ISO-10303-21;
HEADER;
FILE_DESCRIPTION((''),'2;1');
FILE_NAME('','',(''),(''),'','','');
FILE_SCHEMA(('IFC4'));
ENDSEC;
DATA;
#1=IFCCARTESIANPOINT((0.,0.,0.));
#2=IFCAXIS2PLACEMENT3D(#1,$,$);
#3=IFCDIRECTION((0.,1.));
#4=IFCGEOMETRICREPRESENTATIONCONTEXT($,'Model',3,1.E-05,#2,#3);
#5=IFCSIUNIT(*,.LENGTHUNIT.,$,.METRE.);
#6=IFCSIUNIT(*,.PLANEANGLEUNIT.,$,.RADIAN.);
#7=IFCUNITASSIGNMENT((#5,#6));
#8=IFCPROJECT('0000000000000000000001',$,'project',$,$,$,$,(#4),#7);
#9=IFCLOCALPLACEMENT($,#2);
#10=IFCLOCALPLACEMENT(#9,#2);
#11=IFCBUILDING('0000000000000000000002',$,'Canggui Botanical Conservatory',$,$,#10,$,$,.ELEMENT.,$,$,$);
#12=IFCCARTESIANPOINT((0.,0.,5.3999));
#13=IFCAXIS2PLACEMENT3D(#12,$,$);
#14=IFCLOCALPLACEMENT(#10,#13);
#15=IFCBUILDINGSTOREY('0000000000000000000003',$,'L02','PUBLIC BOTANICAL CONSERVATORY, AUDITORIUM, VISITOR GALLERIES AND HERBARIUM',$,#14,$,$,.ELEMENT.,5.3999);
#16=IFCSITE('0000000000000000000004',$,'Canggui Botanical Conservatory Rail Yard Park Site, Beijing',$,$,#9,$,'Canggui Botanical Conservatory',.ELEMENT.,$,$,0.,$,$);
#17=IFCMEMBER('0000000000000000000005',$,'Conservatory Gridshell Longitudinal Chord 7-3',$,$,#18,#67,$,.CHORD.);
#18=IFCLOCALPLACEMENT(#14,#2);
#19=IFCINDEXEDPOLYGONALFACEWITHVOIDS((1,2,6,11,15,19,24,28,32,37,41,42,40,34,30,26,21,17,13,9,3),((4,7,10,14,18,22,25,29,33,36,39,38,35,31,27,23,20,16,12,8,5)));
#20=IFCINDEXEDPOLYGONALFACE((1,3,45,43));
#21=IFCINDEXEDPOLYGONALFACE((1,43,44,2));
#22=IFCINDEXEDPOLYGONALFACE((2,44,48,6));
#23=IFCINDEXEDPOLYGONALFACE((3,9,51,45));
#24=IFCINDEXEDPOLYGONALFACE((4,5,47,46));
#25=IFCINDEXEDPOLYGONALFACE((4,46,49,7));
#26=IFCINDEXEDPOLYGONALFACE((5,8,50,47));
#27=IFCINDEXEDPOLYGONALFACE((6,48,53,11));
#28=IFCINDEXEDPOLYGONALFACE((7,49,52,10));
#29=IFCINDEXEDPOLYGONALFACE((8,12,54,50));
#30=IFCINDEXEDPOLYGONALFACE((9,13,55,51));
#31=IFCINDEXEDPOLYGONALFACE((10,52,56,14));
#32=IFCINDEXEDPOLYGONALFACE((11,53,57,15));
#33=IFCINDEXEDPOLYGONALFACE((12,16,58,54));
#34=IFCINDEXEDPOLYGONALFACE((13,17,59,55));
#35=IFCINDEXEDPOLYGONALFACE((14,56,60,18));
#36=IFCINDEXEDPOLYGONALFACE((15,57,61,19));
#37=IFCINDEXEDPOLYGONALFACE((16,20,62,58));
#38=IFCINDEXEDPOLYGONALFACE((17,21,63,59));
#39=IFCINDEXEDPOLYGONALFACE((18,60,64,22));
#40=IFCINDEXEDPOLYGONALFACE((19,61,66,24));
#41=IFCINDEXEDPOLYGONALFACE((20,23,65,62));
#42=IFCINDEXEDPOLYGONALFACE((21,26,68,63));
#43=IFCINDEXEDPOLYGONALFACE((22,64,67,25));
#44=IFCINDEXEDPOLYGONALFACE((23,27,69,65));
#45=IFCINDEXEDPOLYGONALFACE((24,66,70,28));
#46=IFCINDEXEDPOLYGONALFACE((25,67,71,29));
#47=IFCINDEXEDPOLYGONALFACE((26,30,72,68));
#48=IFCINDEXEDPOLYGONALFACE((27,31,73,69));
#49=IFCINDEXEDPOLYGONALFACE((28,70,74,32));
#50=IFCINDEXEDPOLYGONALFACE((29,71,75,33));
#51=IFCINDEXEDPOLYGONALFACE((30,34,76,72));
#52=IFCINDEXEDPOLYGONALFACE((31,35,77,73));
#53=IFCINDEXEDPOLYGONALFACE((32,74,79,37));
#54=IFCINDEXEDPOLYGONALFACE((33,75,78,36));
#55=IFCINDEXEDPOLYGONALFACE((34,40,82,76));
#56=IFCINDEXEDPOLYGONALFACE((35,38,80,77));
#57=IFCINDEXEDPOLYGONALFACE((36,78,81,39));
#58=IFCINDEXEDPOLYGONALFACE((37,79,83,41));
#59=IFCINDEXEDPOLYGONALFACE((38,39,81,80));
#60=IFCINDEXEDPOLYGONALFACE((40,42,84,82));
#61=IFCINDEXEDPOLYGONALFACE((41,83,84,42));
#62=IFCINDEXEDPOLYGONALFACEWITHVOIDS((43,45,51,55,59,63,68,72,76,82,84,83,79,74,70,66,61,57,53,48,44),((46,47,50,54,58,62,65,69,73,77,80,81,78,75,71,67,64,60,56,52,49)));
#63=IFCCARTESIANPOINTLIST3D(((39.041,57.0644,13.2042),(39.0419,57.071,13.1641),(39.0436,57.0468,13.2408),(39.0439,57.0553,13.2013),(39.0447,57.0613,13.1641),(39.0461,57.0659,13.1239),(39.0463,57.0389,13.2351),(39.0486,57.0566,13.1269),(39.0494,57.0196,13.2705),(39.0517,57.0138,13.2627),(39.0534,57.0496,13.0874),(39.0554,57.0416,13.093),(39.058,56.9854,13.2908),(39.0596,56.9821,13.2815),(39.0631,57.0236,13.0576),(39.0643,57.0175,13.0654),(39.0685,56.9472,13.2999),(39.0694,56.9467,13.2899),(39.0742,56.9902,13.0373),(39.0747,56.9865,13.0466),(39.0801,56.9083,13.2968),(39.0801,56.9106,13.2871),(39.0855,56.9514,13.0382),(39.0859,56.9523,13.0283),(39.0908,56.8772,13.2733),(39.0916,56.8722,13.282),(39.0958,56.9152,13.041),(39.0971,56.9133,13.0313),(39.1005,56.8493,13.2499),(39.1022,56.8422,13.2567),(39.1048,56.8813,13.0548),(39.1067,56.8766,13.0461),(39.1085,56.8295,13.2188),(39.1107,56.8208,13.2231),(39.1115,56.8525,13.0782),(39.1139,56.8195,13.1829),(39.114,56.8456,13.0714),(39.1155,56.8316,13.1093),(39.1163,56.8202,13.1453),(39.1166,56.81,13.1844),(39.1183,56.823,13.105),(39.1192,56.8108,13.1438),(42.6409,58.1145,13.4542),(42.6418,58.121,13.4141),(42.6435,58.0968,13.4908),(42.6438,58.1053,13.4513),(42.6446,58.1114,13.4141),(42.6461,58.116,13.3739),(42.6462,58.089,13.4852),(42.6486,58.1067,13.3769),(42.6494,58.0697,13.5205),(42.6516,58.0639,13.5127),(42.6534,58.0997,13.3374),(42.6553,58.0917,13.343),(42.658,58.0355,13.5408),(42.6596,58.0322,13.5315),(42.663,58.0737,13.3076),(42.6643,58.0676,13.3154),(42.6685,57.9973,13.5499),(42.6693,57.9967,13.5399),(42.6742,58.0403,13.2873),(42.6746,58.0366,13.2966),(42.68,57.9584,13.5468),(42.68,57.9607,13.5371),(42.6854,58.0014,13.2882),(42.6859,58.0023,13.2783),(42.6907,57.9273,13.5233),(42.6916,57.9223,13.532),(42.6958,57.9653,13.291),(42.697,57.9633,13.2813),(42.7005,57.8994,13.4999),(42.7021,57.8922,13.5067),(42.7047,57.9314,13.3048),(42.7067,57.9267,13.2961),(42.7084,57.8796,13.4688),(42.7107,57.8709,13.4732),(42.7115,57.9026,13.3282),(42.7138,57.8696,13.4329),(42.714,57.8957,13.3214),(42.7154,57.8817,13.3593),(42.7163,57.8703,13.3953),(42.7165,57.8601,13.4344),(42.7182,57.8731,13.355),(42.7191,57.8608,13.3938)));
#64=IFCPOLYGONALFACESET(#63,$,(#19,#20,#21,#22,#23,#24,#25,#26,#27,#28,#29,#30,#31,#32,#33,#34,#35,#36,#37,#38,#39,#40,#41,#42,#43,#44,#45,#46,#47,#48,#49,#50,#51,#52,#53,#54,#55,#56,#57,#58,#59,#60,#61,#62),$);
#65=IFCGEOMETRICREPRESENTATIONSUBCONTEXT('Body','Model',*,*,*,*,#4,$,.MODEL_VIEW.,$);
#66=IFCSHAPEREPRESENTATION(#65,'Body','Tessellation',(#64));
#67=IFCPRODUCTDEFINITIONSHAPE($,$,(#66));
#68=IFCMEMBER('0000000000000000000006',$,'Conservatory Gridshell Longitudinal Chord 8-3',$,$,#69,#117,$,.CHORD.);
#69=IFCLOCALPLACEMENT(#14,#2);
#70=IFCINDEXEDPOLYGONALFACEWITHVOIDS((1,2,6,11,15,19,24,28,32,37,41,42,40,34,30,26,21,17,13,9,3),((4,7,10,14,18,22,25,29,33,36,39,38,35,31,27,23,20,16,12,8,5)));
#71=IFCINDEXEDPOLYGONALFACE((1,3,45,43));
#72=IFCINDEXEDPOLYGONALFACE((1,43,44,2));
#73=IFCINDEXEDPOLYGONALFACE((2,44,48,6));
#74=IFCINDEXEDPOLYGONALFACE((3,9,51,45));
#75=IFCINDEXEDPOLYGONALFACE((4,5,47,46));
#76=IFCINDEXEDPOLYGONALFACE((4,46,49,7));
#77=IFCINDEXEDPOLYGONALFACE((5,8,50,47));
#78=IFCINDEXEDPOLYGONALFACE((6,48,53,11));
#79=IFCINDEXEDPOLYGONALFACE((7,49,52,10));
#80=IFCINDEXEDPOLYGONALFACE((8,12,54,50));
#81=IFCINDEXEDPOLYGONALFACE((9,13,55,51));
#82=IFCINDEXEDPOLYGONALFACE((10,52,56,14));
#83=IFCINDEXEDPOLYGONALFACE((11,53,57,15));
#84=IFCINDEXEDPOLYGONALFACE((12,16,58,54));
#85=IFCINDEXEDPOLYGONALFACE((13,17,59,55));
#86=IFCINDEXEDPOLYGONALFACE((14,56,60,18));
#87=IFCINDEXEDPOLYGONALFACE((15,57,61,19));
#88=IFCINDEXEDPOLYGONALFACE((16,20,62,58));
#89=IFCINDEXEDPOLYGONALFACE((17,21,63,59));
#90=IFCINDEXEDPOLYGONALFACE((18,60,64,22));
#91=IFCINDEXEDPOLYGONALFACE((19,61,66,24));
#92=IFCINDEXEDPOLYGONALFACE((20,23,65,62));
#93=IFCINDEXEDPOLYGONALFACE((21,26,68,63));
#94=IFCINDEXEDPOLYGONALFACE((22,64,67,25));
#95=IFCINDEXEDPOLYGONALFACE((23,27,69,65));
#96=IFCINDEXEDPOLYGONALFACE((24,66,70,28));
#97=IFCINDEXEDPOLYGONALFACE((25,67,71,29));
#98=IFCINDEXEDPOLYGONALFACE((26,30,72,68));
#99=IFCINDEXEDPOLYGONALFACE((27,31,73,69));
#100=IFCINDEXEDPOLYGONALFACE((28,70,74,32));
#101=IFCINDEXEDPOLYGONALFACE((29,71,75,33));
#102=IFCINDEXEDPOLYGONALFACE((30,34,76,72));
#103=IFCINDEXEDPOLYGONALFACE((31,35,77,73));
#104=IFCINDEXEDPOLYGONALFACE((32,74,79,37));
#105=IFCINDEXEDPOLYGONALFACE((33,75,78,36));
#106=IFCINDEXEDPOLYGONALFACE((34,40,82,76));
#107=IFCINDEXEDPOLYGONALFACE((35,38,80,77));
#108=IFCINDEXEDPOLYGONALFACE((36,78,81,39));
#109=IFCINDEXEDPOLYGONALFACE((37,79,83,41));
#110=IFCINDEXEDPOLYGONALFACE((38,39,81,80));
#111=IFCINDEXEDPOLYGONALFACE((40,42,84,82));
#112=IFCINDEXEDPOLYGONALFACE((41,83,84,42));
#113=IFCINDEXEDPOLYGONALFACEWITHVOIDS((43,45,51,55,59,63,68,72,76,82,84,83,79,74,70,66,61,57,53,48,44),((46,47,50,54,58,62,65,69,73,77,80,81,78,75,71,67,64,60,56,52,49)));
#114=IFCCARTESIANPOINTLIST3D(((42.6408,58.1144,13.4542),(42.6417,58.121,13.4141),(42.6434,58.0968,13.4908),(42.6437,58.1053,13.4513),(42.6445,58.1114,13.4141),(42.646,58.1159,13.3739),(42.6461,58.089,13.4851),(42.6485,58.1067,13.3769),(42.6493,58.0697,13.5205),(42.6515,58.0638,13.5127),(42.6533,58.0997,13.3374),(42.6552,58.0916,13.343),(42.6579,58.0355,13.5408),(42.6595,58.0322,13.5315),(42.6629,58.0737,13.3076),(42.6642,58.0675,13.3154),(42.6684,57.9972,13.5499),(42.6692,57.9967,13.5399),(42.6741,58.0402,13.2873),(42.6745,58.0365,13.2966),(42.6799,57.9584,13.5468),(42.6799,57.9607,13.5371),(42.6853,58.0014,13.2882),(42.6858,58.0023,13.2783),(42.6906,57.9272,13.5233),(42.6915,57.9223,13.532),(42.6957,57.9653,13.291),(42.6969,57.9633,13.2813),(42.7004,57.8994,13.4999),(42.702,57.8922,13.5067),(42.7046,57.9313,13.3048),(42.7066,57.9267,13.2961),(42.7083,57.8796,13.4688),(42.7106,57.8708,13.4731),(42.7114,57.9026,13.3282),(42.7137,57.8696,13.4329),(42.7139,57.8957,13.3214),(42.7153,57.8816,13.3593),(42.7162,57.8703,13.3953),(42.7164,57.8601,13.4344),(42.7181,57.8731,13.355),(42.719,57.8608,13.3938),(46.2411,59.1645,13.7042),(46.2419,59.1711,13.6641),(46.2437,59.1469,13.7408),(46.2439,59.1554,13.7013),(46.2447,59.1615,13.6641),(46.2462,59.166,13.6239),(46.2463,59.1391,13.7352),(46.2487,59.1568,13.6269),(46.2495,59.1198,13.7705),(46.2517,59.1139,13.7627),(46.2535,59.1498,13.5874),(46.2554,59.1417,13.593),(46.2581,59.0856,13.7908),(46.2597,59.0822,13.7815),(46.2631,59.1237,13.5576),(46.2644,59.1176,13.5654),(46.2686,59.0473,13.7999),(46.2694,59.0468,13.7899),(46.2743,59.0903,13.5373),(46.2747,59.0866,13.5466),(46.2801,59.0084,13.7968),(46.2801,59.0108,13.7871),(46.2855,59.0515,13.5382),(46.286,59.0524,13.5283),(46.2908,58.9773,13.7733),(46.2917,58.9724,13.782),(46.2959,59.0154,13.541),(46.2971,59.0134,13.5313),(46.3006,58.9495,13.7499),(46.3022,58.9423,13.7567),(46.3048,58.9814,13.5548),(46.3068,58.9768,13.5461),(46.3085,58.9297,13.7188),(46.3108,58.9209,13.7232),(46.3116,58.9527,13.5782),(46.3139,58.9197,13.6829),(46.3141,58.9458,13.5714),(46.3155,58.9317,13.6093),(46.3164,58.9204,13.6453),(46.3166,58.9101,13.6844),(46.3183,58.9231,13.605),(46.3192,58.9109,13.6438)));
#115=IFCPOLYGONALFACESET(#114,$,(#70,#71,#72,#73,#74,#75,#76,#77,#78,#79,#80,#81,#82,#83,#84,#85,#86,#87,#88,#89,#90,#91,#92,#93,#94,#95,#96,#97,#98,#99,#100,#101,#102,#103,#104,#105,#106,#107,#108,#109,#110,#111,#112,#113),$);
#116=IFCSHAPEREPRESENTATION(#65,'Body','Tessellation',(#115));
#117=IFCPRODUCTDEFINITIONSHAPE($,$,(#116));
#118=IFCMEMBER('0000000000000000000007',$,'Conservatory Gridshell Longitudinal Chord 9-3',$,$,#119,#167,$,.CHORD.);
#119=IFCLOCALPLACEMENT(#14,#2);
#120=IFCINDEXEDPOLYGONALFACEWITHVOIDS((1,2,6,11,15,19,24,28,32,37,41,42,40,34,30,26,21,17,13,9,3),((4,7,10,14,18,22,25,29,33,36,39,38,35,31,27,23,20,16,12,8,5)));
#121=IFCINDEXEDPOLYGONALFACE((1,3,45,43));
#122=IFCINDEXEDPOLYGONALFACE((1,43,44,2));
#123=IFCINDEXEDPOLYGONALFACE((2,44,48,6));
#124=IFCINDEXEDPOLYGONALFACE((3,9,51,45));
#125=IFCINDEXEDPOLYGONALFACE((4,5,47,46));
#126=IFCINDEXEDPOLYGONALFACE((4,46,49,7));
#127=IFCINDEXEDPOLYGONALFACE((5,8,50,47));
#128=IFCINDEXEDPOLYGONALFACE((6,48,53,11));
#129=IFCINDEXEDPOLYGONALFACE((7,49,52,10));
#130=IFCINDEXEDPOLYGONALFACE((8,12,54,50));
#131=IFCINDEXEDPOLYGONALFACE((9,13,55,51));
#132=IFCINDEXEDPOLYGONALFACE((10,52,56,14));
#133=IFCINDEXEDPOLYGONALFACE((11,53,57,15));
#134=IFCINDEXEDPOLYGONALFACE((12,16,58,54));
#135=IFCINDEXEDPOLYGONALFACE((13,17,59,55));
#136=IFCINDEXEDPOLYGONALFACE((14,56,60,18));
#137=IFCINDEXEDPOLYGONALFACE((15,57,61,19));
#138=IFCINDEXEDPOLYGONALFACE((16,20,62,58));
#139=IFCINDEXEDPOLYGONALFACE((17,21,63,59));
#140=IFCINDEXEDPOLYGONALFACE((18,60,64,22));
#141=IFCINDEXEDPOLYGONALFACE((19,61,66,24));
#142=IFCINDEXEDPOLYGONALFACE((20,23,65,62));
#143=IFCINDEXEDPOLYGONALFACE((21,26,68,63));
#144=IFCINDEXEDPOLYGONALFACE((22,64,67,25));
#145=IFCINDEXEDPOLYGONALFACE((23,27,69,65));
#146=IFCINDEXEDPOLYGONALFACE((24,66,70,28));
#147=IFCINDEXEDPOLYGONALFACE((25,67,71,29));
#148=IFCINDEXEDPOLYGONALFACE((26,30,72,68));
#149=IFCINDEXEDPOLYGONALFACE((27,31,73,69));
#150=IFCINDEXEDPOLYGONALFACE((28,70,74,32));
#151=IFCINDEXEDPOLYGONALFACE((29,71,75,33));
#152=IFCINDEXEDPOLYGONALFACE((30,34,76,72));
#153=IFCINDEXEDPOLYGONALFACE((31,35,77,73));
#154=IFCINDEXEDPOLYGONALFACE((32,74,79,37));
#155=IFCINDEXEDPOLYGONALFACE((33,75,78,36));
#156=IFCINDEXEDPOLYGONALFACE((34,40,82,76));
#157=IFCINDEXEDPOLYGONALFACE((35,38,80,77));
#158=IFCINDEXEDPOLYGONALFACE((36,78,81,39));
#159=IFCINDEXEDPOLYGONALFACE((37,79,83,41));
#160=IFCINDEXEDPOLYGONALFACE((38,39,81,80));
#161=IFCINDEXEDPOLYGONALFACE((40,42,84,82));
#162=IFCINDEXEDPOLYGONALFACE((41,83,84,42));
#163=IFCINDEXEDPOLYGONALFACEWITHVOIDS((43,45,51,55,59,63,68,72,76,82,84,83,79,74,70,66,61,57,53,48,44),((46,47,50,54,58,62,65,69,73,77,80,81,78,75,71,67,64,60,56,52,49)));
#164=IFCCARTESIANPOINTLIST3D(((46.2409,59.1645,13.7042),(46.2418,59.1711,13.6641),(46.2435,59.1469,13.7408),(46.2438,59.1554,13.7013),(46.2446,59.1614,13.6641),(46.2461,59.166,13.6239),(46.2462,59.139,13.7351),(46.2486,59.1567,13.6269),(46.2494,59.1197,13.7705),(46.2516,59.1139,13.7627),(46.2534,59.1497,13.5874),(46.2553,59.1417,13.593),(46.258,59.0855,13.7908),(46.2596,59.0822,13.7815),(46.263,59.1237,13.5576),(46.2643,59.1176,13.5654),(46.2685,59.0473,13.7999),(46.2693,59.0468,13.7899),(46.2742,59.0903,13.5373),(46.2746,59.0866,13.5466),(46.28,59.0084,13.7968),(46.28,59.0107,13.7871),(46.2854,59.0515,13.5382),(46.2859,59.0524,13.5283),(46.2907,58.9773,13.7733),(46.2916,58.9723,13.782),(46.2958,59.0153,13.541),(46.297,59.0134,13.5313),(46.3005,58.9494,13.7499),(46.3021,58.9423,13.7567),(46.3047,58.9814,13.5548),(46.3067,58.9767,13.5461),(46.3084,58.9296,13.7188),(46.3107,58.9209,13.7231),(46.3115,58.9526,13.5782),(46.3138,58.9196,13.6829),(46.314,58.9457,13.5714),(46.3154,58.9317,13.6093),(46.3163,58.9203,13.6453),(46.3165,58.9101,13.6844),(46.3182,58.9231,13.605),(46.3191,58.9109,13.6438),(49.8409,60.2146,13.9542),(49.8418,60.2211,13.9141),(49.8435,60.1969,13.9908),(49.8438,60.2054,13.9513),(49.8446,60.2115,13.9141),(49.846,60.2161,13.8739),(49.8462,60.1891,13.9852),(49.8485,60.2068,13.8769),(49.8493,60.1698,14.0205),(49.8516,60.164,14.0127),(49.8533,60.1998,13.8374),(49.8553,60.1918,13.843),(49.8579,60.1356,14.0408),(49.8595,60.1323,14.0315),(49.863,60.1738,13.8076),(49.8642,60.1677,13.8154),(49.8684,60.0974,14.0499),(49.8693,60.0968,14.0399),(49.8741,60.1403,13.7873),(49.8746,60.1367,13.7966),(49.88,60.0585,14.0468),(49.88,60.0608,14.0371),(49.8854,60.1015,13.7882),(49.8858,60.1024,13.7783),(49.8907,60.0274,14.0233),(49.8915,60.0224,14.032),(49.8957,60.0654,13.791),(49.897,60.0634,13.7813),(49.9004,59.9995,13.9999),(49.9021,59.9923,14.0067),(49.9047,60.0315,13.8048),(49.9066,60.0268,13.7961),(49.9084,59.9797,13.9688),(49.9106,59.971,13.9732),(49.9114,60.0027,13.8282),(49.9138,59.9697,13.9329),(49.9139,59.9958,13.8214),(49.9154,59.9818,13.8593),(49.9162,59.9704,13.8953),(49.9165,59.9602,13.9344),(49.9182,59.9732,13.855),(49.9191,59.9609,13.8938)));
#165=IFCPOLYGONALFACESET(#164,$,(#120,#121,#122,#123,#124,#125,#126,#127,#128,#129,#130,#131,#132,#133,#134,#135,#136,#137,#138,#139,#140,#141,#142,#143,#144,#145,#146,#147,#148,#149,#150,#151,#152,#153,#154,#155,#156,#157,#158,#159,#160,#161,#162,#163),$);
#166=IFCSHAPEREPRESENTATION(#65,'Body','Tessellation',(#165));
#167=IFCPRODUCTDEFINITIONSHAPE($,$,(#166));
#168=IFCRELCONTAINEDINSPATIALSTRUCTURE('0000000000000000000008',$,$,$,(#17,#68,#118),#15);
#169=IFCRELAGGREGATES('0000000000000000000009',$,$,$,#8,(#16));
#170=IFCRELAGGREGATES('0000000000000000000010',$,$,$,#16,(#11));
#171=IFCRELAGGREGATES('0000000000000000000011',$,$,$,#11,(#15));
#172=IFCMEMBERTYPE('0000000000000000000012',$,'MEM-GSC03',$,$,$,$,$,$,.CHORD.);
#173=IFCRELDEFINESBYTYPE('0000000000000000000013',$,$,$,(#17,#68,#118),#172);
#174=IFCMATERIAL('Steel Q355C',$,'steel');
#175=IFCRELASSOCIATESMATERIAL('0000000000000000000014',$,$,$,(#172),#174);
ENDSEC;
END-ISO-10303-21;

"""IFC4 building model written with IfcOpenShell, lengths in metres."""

from ifc_helpers import new_model, si_unit, direction, frame, origin, origin_2d, place, context, subcontext, project, spatial, hollow_circle, extrude, material, material_profile, profile_set, type_object, element, save


model = new_model("IFC4")

# Units and contexts
model_context = context("Model", 3, precision=1e-05, world=origin(), true_north=direction((0.0, 1.0)))
body_context = subcontext(model_context, "Body", "Model", "MODEL_VIEW")
ifc_project = project(units=[si_unit("LENGTHUNIT", "METRE"), si_unit("PLANEANGLEUNIT", "RADIAN")], contexts=[model_context])

# Site, building, storey
site_placement = place(None, origin())
site = spatial("IfcSite", under=ifc_project, at=site_placement, Name="Canggui Botanical Conservatory Rail Yard Park Site, Beijing", LongName="Canggui Botanical Conservatory", CompositionType="ELEMENT", RefElevation=0.0)
building_placement = place(site_placement, origin())
building = spatial("IfcBuilding", under=site, at=building_placement, Name="Canggui Botanical Conservatory", CompositionType="ELEMENT")
storey_placement = place(building_placement, frame((0.0, 0.0, 5.3999)))
storey = spatial("IfcBuildingStorey", under=building, at=storey_placement, Name="L02", Description="PUBLIC BOTANICAL CONSERVATORY, AUDITORIUM, VISITOR GALLERIES AND HERBARIUM", CompositionType="ELEMENT", Elevation=5.3999)

# Shared definitions
ifc_material_1 = material(Name="Steel Q355C", Category="steel")

# Members
ifc_material_profile_1 = material_profile(ifc_material_1, hollow_circle(Radius=0.1365, WallThickness=0.01, at=origin_2d()), Name="CHS 273x10")
ifc_profile_set_1 = profile_set([ifc_material_profile_1], Name="Steel Q355C")
member_type_1 = type_object("IfcMemberType", Name="MEM-GSC03", PredefinedType="CHORD", material=ifc_profile_set_1)
member_1_placement = place(storey_placement, frame((39.0801, 56.9399, 13.1641), z_axis=(0.957867, 0.279402, 0.066521), x_axis=(-0.280023, 0.959993, 0.0)))
element("IfcMember", 1, at=member_1_placement, inside=storey, type_object=member_type_1, Name="Conservatory Gridshell Longitudinal Chord 7-3", PredefinedType="CHORD", context=body_context, shape_type="SweptSolid", body=[
    extrude(hollow_circle(Radius=0.1365, WallThickness=0.01, at=origin_2d()), origin(), (0.0, 0.0, 1.0), 3.7583),
])
member_2_placement = place(storey_placement, frame((42.6799, 57.99, 13.4141), z_axis=(0.957872, 0.279385, 0.066517), x_axis=(-0.280005, 0.959999, 0.0)))
element("IfcMember", 2, at=member_2_placement, inside=storey, type_object=member_type_1, Name="Conservatory Gridshell Longitudinal Chord 8-3", PredefinedType="CHORD", context=body_context, shape_type="SweptSolid", body=[
    extrude(hollow_circle(Radius=0.1365, WallThickness=0.01, at=origin_2d()), origin(), (0.0, 0.0, 1.0), 3.7585),
])
member_3_placement = place(storey_placement, frame((46.28, 59.04, 13.6641), z_axis=(0.957867, 0.279402, 0.066521), x_axis=(-0.280023, 0.959993, 0.0)))
element("IfcMember", 3, at=member_3_placement, inside=storey, type_object=member_type_1, Name="Conservatory Gridshell Longitudinal Chord 9-3", PredefinedType="CHORD", context=body_context, shape_type="SweptSolid", body=[
    extrude(hollow_circle(Radius=0.1365, WallThickness=0.01, at=origin_2d()), origin(), (0.0, 0.0, 1.0), 3.7583),
])

save(model, "model.ifc")
